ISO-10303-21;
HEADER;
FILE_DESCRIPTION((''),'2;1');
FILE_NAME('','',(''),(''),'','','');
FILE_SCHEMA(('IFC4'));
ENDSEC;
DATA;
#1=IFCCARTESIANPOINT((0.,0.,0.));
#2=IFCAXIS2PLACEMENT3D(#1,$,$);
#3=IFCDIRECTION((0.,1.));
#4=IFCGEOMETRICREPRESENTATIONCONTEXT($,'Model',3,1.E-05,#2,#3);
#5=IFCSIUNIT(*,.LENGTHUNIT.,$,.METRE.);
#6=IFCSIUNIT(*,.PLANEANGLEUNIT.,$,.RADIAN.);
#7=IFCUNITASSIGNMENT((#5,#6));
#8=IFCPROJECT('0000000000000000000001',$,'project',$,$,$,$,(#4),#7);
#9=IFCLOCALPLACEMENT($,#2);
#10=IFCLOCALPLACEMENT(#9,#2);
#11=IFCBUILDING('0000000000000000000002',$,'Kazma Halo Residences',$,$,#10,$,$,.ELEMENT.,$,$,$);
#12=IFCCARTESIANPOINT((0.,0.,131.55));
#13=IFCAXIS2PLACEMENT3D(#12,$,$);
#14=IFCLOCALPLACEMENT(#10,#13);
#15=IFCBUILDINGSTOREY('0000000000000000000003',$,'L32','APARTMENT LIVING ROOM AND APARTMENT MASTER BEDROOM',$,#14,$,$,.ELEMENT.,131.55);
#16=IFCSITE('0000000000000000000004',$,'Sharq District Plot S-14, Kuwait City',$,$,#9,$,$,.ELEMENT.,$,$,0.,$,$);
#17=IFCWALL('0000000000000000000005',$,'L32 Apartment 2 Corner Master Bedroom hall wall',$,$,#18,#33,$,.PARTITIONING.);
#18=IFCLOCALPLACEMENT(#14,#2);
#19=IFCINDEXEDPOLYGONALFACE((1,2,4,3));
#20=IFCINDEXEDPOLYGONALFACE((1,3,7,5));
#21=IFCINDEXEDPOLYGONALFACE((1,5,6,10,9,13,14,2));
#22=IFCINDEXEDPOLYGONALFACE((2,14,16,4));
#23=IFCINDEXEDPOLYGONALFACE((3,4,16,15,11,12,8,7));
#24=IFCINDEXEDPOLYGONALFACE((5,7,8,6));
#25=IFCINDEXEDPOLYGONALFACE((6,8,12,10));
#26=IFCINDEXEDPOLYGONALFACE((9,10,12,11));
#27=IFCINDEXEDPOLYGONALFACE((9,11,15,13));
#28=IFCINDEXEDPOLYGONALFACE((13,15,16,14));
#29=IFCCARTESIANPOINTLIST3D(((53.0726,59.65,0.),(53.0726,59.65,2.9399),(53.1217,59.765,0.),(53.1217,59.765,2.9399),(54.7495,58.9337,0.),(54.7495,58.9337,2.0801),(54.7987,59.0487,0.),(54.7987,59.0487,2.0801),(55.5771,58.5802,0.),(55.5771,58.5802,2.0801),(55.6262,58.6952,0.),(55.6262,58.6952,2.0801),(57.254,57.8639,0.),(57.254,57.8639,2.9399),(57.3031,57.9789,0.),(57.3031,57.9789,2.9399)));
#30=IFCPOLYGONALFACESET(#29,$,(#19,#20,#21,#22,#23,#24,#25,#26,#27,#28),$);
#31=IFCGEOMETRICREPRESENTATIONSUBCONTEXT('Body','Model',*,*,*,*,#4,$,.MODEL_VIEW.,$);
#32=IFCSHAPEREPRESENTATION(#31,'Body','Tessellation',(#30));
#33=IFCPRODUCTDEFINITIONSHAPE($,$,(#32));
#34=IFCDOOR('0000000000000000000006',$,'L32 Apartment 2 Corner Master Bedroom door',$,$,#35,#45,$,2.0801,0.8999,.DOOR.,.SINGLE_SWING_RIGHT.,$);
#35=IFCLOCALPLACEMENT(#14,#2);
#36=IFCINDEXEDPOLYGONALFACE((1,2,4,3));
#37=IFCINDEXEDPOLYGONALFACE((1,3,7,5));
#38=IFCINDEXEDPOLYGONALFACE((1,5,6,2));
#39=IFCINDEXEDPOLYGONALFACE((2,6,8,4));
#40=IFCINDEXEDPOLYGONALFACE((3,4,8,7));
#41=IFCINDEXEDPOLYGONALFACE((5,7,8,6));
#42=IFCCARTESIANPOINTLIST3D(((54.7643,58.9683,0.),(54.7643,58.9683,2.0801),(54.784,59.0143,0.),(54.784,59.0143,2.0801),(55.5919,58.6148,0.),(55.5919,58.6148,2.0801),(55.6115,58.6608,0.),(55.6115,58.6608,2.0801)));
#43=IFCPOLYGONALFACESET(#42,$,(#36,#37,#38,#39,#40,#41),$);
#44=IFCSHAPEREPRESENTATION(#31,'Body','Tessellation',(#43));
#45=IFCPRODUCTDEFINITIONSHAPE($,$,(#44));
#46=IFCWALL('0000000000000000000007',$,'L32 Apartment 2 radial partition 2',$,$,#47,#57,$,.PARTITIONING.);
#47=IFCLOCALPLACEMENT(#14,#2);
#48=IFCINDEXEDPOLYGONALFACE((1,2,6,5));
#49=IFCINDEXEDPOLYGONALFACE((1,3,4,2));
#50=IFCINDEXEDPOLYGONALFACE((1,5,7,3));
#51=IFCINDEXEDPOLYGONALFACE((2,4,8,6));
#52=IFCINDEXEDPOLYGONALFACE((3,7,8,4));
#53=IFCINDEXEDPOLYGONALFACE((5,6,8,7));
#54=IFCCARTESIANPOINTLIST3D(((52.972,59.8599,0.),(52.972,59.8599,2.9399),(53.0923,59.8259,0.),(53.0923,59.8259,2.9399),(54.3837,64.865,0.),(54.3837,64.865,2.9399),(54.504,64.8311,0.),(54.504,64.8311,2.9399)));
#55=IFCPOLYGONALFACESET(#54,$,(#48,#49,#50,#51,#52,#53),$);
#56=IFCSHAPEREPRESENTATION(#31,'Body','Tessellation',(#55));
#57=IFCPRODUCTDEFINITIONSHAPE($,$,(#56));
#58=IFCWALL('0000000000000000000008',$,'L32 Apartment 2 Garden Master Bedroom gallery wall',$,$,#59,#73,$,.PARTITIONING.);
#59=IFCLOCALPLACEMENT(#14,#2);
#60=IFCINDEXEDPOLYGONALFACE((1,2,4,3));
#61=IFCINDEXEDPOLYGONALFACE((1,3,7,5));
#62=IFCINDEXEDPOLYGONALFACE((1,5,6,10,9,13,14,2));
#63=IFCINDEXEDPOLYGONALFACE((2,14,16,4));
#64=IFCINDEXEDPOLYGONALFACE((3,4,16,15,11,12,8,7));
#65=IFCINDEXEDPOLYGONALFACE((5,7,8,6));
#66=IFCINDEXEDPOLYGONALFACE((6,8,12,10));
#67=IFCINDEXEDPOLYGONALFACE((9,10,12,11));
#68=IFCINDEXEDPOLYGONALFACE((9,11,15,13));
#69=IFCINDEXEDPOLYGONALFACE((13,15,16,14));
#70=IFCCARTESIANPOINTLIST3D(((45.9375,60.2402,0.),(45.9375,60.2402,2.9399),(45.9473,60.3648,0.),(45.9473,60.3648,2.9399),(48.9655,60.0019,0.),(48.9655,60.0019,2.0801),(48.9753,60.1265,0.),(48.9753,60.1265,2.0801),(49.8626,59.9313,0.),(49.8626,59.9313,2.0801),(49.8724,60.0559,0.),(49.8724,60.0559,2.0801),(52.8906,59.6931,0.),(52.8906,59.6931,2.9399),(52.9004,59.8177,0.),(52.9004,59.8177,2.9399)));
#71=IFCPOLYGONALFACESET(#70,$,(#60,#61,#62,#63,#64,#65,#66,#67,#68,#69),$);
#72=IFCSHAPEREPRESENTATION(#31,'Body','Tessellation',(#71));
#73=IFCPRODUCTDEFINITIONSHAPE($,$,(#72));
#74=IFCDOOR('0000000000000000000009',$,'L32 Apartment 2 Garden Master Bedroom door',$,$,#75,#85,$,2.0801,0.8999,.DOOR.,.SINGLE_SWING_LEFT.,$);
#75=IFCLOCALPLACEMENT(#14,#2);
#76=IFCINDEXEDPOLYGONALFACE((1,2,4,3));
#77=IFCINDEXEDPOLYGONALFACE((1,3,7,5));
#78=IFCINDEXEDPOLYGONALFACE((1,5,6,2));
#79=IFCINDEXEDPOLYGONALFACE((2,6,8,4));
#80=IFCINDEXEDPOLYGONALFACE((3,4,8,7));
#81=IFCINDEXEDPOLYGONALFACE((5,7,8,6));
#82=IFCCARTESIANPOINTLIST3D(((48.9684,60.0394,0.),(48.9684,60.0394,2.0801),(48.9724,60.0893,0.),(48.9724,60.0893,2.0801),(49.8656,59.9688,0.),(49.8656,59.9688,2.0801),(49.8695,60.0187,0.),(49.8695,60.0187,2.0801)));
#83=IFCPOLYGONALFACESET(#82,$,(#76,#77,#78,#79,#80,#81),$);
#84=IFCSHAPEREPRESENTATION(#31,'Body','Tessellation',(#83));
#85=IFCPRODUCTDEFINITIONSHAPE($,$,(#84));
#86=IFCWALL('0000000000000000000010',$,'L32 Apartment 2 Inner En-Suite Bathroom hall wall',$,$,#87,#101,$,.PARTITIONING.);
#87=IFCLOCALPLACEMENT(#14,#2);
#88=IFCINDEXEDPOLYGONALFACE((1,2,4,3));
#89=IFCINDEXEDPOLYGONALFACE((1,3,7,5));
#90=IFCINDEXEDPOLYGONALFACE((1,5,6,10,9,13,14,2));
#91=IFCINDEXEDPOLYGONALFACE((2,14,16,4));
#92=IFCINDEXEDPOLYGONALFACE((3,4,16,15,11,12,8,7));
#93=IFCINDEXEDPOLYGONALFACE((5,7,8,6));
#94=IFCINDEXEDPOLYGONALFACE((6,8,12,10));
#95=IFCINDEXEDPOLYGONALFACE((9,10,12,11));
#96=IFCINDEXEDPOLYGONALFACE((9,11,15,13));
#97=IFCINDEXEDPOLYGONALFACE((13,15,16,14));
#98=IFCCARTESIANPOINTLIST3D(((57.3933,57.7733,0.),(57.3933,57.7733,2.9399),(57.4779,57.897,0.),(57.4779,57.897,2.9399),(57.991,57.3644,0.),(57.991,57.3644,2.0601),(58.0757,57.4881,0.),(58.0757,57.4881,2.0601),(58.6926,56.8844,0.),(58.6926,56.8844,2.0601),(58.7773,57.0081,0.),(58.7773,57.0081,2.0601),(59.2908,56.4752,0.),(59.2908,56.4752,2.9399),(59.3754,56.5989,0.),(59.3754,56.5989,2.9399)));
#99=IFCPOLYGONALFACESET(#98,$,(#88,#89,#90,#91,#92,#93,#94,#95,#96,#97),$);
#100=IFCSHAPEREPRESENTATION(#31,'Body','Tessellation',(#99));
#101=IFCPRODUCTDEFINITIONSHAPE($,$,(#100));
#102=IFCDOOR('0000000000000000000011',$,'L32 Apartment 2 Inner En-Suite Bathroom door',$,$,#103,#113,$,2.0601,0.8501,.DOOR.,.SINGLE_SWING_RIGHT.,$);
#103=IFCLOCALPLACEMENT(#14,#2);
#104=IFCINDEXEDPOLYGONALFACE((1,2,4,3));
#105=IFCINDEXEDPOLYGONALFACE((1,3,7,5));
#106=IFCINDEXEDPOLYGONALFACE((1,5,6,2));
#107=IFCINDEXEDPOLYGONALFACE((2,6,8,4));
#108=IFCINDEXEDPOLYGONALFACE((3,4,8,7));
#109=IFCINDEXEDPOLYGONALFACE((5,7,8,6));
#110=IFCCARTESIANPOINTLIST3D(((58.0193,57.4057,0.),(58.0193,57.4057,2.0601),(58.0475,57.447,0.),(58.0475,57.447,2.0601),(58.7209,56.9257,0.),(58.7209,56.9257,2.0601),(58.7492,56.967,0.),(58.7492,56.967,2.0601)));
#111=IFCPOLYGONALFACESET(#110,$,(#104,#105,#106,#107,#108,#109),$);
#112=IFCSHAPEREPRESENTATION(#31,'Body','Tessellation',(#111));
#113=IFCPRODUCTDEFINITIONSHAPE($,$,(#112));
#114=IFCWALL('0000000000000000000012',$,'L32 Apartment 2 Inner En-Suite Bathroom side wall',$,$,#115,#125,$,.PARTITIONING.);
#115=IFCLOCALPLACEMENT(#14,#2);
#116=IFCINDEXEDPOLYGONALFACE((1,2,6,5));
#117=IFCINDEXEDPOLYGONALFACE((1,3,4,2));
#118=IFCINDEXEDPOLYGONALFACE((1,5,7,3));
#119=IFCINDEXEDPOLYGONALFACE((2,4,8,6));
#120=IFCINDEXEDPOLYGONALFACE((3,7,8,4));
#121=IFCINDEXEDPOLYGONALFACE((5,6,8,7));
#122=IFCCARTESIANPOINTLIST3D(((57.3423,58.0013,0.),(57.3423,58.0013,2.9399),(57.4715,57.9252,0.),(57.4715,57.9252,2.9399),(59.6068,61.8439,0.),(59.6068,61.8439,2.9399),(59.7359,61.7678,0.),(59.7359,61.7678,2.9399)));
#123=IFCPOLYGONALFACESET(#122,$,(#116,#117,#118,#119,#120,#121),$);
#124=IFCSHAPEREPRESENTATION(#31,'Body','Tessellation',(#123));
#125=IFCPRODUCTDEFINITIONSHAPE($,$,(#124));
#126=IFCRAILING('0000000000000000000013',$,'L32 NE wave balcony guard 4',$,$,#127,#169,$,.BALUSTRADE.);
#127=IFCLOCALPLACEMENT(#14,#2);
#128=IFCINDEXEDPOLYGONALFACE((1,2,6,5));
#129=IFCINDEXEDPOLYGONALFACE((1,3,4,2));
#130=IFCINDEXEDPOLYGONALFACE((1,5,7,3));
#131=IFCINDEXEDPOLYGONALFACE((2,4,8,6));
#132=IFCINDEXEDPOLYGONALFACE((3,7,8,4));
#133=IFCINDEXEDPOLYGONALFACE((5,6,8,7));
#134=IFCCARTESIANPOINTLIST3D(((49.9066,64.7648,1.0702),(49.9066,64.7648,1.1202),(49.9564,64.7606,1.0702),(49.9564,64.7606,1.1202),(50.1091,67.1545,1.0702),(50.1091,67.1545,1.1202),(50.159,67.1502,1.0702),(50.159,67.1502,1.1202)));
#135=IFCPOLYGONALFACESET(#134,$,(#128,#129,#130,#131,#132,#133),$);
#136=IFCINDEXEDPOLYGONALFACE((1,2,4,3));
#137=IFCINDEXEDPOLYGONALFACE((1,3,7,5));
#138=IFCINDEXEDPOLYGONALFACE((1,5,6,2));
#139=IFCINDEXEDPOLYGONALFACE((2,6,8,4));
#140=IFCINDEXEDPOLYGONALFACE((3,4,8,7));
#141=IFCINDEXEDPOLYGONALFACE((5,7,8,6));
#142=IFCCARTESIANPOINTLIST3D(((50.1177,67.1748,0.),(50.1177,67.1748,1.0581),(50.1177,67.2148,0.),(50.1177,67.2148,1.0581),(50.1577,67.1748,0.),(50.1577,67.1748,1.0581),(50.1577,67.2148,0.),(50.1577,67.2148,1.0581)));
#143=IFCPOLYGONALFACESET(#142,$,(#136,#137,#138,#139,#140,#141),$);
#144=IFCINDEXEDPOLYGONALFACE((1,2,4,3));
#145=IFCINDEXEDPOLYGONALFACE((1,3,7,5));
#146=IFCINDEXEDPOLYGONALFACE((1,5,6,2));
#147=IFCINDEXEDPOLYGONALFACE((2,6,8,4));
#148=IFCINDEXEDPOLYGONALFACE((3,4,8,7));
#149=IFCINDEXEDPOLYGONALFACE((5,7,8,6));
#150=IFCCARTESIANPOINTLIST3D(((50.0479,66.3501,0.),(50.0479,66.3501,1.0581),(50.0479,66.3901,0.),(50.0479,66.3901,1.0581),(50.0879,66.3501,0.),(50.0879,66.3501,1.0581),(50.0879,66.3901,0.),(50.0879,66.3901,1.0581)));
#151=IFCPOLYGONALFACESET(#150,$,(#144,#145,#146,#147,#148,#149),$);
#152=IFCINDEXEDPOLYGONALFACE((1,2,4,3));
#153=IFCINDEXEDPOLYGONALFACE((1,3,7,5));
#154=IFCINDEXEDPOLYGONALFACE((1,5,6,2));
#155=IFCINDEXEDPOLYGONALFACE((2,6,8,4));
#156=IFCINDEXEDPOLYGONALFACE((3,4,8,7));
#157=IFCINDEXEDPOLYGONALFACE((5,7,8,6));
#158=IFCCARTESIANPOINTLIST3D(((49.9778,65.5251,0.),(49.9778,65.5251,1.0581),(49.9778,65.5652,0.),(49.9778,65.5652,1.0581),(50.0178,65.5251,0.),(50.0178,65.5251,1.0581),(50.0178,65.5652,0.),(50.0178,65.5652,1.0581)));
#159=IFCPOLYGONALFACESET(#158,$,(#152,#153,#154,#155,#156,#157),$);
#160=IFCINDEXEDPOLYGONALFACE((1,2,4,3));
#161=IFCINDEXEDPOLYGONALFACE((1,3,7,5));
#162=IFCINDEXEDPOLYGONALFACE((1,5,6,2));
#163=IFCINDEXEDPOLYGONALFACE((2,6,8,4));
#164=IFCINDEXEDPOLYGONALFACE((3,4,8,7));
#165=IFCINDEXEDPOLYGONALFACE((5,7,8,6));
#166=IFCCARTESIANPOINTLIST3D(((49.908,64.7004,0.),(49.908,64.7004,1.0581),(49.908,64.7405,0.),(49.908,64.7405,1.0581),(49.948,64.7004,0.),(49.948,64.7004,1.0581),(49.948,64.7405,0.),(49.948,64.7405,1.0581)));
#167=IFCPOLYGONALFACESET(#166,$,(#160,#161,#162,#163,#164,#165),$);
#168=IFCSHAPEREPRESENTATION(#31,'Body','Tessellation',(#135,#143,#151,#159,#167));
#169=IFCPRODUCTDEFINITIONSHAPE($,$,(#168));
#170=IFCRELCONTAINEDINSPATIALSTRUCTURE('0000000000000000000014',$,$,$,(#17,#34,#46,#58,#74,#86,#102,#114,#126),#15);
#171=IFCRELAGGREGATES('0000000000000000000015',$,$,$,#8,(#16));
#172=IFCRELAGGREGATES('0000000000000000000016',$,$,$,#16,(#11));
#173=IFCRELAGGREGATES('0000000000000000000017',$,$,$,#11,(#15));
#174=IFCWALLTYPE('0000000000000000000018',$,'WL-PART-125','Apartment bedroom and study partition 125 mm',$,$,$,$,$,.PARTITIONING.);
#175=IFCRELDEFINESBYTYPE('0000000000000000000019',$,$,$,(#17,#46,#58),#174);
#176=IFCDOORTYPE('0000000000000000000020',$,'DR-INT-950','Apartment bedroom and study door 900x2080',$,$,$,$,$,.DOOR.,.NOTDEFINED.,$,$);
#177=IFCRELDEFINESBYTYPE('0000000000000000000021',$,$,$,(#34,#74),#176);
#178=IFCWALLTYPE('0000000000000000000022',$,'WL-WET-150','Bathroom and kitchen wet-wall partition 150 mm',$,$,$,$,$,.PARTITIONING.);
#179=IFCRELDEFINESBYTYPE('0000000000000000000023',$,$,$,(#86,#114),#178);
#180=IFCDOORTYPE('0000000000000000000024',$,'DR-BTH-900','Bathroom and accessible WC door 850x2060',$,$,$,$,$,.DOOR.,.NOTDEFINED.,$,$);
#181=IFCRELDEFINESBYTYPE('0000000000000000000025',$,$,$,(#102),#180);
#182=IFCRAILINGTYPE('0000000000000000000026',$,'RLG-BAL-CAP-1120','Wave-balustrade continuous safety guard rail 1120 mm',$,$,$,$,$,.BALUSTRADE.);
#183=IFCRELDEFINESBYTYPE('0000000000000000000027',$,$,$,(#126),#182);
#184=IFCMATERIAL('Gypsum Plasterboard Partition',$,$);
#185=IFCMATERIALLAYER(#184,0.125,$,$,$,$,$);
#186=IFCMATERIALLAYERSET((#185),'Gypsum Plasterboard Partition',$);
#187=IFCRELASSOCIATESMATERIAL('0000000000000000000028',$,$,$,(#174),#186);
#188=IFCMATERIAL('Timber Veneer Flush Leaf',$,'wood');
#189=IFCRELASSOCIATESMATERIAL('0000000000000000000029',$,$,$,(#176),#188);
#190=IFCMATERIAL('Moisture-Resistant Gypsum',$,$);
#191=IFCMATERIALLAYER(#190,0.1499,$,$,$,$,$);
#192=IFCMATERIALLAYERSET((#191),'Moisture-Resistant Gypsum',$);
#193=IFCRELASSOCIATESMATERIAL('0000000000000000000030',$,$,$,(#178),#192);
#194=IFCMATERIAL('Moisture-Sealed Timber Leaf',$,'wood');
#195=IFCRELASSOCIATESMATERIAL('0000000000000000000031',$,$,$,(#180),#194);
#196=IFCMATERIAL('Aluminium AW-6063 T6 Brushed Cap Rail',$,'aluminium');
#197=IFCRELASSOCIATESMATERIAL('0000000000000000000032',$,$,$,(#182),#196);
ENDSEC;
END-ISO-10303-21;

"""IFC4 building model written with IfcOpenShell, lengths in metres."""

from ifc_helpers import new_model, si_unit, direction, frame, frame_2d, origin, origin_2d, place, context, subcontext, project, spatial, rectangle, extrude, material, layer, layer_set, type_object, element, fill, save


model = new_model("IFC4")

# Units and contexts
model_context = context("Model", 3, precision=1e-05, world=origin(), true_north=direction((0.0, 1.0)))
body_context = subcontext(model_context, "Body", "Model", "MODEL_VIEW")
ifc_project = project(units=[si_unit("LENGTHUNIT", "METRE"), si_unit("PLANEANGLEUNIT", "RADIAN")], contexts=[model_context])

# Site, building, storey
site_placement = place(None, origin())
site = spatial("IfcSite", under=ifc_project, at=site_placement, Name="Sharq District Plot S-14, Kuwait City", CompositionType="ELEMENT", RefElevation=0.0)
building_placement = place(site_placement, origin())
building = spatial("IfcBuilding", under=site, at=building_placement, Name="Kazma Halo Residences", CompositionType="ELEMENT")
storey_placement = place(building_placement, frame((0.0, 0.0, 131.55)))
storey = spatial("IfcBuildingStorey", under=building, at=storey_placement, Name="L32", Description="APARTMENT LIVING ROOM AND APARTMENT MASTER BEDROOM", CompositionType="ELEMENT", Elevation=131.55)

# Shared definitions
ifc_material_1 = material(Name="Gypsum Plasterboard Partition")
ifc_layer_1 = layer(ifc_material_1, 0.125)
ifc_layer_set_1 = layer_set([ifc_layer_1], Name="Gypsum Plasterboard Partition")
wall_type_1 = type_object("IfcWallType", Name="WL-PART-125", Description="Apartment bedroom and study partition 125 mm", PredefinedType="PARTITIONING", material=ifc_layer_set_1)

# Wall, opening, door
wall_1_placement = place(storey_placement, frame((57.2786, 57.9214, 0.0), z_axis=(0.0, 0.0, 1.0), x_axis=(-0.919614, 0.392824, 0.0)))
wall_1 = element("IfcWall", 1, at=wall_1_placement, inside=storey, type_object=wall_type_1, Name="L32 Apartment 2 Corner Master Bedroom hall wall", PredefinedType="PARTITIONING", context=body_context, shape_type="SweptSolid", body=[
    extrude(rectangle(XDim=4.5469, YDim=0.125, at=frame_2d((2.2734, 0.0))), origin(), (0.0, 0.0, 1.0), 2.9399),
])
opening_1_placement = place(wall_1_placement, frame((1.8235, 0.0, 0.0)))
opening_1 = element("IfcOpeningElement", 2, at=opening_1_placement, cuts=wall_1, PredefinedType="OPENING", context=body_context, shape_type="SweptSolid", body=[
    extrude(rectangle(XDim=0.8999, YDim=2.0801, at=frame_2d((0.45, 1.04))), frame((0.0, 0.0725, 0.0), z_axis=(0.0, -1.0, 0.0), x_axis=(1.0, 0.0, 0.0)), (0.0, 0.0, 1.0), 0.145),
])
ifc_material_2 = material(Name="Timber Veneer Flush Leaf", Category="wood")
door_type_1 = type_object("IfcDoorType", Name="DR-INT-950", Description="Apartment bedroom and study door 900x2080", OperationType="NOTDEFINED", PredefinedType="DOOR", material=ifc_material_2)
door_1_placement = place(opening_1_placement, origin())
door_1 = element("IfcDoor", 3, at=door_1_placement, inside=storey, type_object=door_type_1, Name="L32 Apartment 2 Corner Master Bedroom door", OperationType="SINGLE_SWING_RIGHT", OverallHeight=2.0801, OverallWidth=0.8999, PredefinedType="DOOR", context=body_context, shape_type="SweptSolid", body=[
    extrude(rectangle(XDim=0.8999, YDim=2.0801, at=frame_2d((0.45, 1.04))), frame((0.0, 0.0249, 0.0), z_axis=(0.0, -1.0, 0.0), x_axis=(1.0, 0.0, 0.0)), (0.0, 0.0, 1.0), 0.05),
])
fill(opening_1, door_1)

# Wall
wall_2_placement = place(storey_placement, frame((53.0322, 59.843, 0.0), z_axis=(0.0, 0.0, 1.0), x_axis=(0.271446, 0.962454, 0.0)))
element("IfcWall", 4, at=wall_2_placement, inside=storey, type_object=wall_type_1, Name="L32 Apartment 2 radial partition 2", PredefinedType="PARTITIONING", context=body_context, shape_type="SweptSolid", body=[
    extrude(rectangle(XDim=5.2004, YDim=0.125, at=frame_2d((2.6001, 0.0))), origin(), (0.0, 0.0, 1.0), 2.9399),
])

# Walls, openings, doors
wall_3_placement = place(storey_placement, frame((52.8955, 59.7554, 0.0), z_axis=(0.0, 0.0, 1.0), x_axis=(-0.996918, 0.078444, 0.0)))
wall_3 = element("IfcWall", 5, at=wall_3_placement, inside=storey, type_object=wall_type_1, Name="L32 Apartment 2 Garden Master Bedroom gallery wall", PredefinedType="PARTITIONING", context=body_context, shape_type="SweptSolid", body=[
    extrude(rectangle(XDim=6.9746, YDim=0.125, at=frame_2d((3.4873, 0.0))), origin(), (0.0, 0.0, 1.0), 2.9399),
])
opening_2_placement = place(wall_3_placement, frame((3.0374, 0.0, 0.0)))
opening_2 = element("IfcOpeningElement", 6, at=opening_2_placement, cuts=wall_3, PredefinedType="OPENING", context=body_context, shape_type="SweptSolid", body=[
    extrude(rectangle(XDim=0.8999, YDim=2.0801, at=frame_2d((0.45, 1.04))), frame((0.0, 0.0725, 0.0), z_axis=(0.0, -1.0, 0.0), x_axis=(1.0, 0.0, 0.0)), (0.0, 0.0, 1.0), 0.145),
])
door_2_placement = place(opening_2_placement, origin())
door_2 = element("IfcDoor", 7, at=door_2_placement, inside=storey, type_object=door_type_1, Name="L32 Apartment 2 Garden Master Bedroom door", OperationType="SINGLE_SWING_LEFT", OverallHeight=2.0801, OverallWidth=0.8999, PredefinedType="DOOR", context=body_context, shape_type="SweptSolid", body=[
    extrude(rectangle(XDim=0.8999, YDim=2.0801, at=frame_2d((0.45, 1.04))), frame((0.0, 0.0249, 0.0), z_axis=(0.0, -1.0, 0.0), x_axis=(1.0, 0.0, 0.0)), (0.0, 0.0, 1.0), 0.05),
])
fill(opening_2, door_2)
ifc_material_3 = material(Name="Moisture-Resistant Gypsum")
ifc_layer_2 = layer(ifc_material_3, 0.1499)
ifc_layer_set_2 = layer_set([ifc_layer_2], Name="Moisture-Resistant Gypsum")
wall_type_2 = type_object("IfcWallType", Name="WL-WET-150", Description="Bathroom and kitchen wet-wall partition 150 mm", PredefinedType="PARTITIONING", material=ifc_layer_set_2)
wall_4_placement = place(storey_placement, frame((59.333, 56.5371, 0.0), z_axis=(0.0, 0.0, 1.0), x_axis=(-0.825341, 0.564634, 0.0)))
wall_4 = element("IfcWall", 8, at=wall_4_placement, inside=storey, type_object=wall_type_2, Name="L32 Apartment 2 Inner En-Suite Bathroom hall wall", PredefinedType="PARTITIONING", context=body_context, shape_type="SweptSolid", body=[
    extrude(rectangle(XDim=2.2991, YDim=0.1499, at=frame_2d((1.1494, 0.0))), origin(), (0.0, 0.0, 1.0), 2.9399),
])
opening_3_placement = place(wall_4_placement, frame((0.7246, 0.0, 0.0)))
opening_3 = element("IfcOpeningElement", 9, at=opening_3_placement, cuts=wall_4, PredefinedType="OPENING", context=body_context, shape_type="SweptSolid", body=[
    extrude(rectangle(XDim=0.8501, YDim=2.0601, at=frame_2d((0.425, 1.03))), frame((0.0, 0.085, 0.0), z_axis=(0.0, -1.0, 0.0), x_axis=(1.0, 0.0, 0.0)), (0.0, 0.0, 1.0), 0.1699),
])
ifc_material_4 = material(Name="Moisture-Sealed Timber Leaf", Category="wood")
door_type_2 = type_object("IfcDoorType", Name="DR-BTH-900", Description="Bathroom and accessible WC door 850x2060", OperationType="NOTDEFINED", PredefinedType="DOOR", material=ifc_material_4)
door_3_placement = place(opening_3_placement, origin())
door_3 = element("IfcDoor", 10, at=door_3_placement, inside=storey, type_object=door_type_2, Name="L32 Apartment 2 Inner En-Suite Bathroom door", OperationType="SINGLE_SWING_RIGHT", OverallHeight=2.0601, OverallWidth=0.8501, PredefinedType="DOOR", context=body_context, shape_type="SweptSolid", body=[
    extrude(rectangle(XDim=0.8501, YDim=2.0601, at=frame_2d((0.425, 1.03))), frame((0.0, 0.0249, 0.0), z_axis=(0.0, -1.0, 0.0), x_axis=(1.0, 0.0, 0.0)), (0.0, 0.0, 1.0), 0.05),
])
fill(opening_3, door_3)

# Wall
wall_5_placement = place(storey_placement, frame((57.407, 57.9634, 0.0), z_axis=(0.0, 0.0, 1.0), x_axis=(0.507702, 0.861533, 0.0)))
element("IfcWall", 11, at=wall_5_placement, inside=storey, type_object=wall_type_2, Name="L32 Apartment 2 Inner En-Suite Bathroom side wall", PredefinedType="PARTITIONING", context=body_context, shape_type="SweptSolid", body=[
    extrude(rectangle(XDim=4.4602, YDim=0.1499, at=frame_2d((2.23, 0.0))), origin(), (0.0, 0.0, 1.0), 2.9399),
])

# Railing
ifc_material_5 = material(Name="Aluminium AW-6063 T6 Brushed Cap Rail", Category="aluminium")
railing_type = type_object("IfcRailingType", Name="RLG-BAL-CAP-1120", Description="Wave-balustrade continuous safety guard rail 1120 mm", PredefinedType="BALUSTRADE", material=ifc_material_5)
railing_1_placement = place(storey_placement, frame((50.1377, 67.1948, 0.0)))
element("IfcRailing", 12, at=railing_1_placement, inside=storey, type_object=railing_type, Name="L32 NE wave balcony guard 4", PredefinedType="BALUSTRADE", context=body_context, shape_type="SweptSolid", body=[
    extrude(rectangle(XDim=0.05, YDim=0.05, at=origin_2d()), frame((-0.0037, -0.0425, 1.0952), z_axis=(-0.084453, -0.996427, 0.0), x_axis=(0.996427, -0.084453, 0.0)), (0.0, 0.0, 1.0), 2.3982),
    extrude(rectangle(XDim=0.04, YDim=0.04, at=origin_2d()), origin(), (0.0, 0.0, 1.0), 1.0581),
    extrude(rectangle(XDim=0.04, YDim=0.04, at=origin_2d()), frame((-0.0698, -0.8247, 0.0)), (0.0, 0.0, 1.0), 1.0581),
    extrude(rectangle(XDim=0.04, YDim=0.04, at=origin_2d()), frame((-0.1399, -1.6497, 0.0)), (0.0, 0.0, 1.0), 1.0581),
    extrude(rectangle(XDim=0.04, YDim=0.04, at=origin_2d()), frame((-0.2097, -2.4744, 0.0)), (0.0, 0.0, 1.0), 1.0581),
])

save(model, "model.ifc")
